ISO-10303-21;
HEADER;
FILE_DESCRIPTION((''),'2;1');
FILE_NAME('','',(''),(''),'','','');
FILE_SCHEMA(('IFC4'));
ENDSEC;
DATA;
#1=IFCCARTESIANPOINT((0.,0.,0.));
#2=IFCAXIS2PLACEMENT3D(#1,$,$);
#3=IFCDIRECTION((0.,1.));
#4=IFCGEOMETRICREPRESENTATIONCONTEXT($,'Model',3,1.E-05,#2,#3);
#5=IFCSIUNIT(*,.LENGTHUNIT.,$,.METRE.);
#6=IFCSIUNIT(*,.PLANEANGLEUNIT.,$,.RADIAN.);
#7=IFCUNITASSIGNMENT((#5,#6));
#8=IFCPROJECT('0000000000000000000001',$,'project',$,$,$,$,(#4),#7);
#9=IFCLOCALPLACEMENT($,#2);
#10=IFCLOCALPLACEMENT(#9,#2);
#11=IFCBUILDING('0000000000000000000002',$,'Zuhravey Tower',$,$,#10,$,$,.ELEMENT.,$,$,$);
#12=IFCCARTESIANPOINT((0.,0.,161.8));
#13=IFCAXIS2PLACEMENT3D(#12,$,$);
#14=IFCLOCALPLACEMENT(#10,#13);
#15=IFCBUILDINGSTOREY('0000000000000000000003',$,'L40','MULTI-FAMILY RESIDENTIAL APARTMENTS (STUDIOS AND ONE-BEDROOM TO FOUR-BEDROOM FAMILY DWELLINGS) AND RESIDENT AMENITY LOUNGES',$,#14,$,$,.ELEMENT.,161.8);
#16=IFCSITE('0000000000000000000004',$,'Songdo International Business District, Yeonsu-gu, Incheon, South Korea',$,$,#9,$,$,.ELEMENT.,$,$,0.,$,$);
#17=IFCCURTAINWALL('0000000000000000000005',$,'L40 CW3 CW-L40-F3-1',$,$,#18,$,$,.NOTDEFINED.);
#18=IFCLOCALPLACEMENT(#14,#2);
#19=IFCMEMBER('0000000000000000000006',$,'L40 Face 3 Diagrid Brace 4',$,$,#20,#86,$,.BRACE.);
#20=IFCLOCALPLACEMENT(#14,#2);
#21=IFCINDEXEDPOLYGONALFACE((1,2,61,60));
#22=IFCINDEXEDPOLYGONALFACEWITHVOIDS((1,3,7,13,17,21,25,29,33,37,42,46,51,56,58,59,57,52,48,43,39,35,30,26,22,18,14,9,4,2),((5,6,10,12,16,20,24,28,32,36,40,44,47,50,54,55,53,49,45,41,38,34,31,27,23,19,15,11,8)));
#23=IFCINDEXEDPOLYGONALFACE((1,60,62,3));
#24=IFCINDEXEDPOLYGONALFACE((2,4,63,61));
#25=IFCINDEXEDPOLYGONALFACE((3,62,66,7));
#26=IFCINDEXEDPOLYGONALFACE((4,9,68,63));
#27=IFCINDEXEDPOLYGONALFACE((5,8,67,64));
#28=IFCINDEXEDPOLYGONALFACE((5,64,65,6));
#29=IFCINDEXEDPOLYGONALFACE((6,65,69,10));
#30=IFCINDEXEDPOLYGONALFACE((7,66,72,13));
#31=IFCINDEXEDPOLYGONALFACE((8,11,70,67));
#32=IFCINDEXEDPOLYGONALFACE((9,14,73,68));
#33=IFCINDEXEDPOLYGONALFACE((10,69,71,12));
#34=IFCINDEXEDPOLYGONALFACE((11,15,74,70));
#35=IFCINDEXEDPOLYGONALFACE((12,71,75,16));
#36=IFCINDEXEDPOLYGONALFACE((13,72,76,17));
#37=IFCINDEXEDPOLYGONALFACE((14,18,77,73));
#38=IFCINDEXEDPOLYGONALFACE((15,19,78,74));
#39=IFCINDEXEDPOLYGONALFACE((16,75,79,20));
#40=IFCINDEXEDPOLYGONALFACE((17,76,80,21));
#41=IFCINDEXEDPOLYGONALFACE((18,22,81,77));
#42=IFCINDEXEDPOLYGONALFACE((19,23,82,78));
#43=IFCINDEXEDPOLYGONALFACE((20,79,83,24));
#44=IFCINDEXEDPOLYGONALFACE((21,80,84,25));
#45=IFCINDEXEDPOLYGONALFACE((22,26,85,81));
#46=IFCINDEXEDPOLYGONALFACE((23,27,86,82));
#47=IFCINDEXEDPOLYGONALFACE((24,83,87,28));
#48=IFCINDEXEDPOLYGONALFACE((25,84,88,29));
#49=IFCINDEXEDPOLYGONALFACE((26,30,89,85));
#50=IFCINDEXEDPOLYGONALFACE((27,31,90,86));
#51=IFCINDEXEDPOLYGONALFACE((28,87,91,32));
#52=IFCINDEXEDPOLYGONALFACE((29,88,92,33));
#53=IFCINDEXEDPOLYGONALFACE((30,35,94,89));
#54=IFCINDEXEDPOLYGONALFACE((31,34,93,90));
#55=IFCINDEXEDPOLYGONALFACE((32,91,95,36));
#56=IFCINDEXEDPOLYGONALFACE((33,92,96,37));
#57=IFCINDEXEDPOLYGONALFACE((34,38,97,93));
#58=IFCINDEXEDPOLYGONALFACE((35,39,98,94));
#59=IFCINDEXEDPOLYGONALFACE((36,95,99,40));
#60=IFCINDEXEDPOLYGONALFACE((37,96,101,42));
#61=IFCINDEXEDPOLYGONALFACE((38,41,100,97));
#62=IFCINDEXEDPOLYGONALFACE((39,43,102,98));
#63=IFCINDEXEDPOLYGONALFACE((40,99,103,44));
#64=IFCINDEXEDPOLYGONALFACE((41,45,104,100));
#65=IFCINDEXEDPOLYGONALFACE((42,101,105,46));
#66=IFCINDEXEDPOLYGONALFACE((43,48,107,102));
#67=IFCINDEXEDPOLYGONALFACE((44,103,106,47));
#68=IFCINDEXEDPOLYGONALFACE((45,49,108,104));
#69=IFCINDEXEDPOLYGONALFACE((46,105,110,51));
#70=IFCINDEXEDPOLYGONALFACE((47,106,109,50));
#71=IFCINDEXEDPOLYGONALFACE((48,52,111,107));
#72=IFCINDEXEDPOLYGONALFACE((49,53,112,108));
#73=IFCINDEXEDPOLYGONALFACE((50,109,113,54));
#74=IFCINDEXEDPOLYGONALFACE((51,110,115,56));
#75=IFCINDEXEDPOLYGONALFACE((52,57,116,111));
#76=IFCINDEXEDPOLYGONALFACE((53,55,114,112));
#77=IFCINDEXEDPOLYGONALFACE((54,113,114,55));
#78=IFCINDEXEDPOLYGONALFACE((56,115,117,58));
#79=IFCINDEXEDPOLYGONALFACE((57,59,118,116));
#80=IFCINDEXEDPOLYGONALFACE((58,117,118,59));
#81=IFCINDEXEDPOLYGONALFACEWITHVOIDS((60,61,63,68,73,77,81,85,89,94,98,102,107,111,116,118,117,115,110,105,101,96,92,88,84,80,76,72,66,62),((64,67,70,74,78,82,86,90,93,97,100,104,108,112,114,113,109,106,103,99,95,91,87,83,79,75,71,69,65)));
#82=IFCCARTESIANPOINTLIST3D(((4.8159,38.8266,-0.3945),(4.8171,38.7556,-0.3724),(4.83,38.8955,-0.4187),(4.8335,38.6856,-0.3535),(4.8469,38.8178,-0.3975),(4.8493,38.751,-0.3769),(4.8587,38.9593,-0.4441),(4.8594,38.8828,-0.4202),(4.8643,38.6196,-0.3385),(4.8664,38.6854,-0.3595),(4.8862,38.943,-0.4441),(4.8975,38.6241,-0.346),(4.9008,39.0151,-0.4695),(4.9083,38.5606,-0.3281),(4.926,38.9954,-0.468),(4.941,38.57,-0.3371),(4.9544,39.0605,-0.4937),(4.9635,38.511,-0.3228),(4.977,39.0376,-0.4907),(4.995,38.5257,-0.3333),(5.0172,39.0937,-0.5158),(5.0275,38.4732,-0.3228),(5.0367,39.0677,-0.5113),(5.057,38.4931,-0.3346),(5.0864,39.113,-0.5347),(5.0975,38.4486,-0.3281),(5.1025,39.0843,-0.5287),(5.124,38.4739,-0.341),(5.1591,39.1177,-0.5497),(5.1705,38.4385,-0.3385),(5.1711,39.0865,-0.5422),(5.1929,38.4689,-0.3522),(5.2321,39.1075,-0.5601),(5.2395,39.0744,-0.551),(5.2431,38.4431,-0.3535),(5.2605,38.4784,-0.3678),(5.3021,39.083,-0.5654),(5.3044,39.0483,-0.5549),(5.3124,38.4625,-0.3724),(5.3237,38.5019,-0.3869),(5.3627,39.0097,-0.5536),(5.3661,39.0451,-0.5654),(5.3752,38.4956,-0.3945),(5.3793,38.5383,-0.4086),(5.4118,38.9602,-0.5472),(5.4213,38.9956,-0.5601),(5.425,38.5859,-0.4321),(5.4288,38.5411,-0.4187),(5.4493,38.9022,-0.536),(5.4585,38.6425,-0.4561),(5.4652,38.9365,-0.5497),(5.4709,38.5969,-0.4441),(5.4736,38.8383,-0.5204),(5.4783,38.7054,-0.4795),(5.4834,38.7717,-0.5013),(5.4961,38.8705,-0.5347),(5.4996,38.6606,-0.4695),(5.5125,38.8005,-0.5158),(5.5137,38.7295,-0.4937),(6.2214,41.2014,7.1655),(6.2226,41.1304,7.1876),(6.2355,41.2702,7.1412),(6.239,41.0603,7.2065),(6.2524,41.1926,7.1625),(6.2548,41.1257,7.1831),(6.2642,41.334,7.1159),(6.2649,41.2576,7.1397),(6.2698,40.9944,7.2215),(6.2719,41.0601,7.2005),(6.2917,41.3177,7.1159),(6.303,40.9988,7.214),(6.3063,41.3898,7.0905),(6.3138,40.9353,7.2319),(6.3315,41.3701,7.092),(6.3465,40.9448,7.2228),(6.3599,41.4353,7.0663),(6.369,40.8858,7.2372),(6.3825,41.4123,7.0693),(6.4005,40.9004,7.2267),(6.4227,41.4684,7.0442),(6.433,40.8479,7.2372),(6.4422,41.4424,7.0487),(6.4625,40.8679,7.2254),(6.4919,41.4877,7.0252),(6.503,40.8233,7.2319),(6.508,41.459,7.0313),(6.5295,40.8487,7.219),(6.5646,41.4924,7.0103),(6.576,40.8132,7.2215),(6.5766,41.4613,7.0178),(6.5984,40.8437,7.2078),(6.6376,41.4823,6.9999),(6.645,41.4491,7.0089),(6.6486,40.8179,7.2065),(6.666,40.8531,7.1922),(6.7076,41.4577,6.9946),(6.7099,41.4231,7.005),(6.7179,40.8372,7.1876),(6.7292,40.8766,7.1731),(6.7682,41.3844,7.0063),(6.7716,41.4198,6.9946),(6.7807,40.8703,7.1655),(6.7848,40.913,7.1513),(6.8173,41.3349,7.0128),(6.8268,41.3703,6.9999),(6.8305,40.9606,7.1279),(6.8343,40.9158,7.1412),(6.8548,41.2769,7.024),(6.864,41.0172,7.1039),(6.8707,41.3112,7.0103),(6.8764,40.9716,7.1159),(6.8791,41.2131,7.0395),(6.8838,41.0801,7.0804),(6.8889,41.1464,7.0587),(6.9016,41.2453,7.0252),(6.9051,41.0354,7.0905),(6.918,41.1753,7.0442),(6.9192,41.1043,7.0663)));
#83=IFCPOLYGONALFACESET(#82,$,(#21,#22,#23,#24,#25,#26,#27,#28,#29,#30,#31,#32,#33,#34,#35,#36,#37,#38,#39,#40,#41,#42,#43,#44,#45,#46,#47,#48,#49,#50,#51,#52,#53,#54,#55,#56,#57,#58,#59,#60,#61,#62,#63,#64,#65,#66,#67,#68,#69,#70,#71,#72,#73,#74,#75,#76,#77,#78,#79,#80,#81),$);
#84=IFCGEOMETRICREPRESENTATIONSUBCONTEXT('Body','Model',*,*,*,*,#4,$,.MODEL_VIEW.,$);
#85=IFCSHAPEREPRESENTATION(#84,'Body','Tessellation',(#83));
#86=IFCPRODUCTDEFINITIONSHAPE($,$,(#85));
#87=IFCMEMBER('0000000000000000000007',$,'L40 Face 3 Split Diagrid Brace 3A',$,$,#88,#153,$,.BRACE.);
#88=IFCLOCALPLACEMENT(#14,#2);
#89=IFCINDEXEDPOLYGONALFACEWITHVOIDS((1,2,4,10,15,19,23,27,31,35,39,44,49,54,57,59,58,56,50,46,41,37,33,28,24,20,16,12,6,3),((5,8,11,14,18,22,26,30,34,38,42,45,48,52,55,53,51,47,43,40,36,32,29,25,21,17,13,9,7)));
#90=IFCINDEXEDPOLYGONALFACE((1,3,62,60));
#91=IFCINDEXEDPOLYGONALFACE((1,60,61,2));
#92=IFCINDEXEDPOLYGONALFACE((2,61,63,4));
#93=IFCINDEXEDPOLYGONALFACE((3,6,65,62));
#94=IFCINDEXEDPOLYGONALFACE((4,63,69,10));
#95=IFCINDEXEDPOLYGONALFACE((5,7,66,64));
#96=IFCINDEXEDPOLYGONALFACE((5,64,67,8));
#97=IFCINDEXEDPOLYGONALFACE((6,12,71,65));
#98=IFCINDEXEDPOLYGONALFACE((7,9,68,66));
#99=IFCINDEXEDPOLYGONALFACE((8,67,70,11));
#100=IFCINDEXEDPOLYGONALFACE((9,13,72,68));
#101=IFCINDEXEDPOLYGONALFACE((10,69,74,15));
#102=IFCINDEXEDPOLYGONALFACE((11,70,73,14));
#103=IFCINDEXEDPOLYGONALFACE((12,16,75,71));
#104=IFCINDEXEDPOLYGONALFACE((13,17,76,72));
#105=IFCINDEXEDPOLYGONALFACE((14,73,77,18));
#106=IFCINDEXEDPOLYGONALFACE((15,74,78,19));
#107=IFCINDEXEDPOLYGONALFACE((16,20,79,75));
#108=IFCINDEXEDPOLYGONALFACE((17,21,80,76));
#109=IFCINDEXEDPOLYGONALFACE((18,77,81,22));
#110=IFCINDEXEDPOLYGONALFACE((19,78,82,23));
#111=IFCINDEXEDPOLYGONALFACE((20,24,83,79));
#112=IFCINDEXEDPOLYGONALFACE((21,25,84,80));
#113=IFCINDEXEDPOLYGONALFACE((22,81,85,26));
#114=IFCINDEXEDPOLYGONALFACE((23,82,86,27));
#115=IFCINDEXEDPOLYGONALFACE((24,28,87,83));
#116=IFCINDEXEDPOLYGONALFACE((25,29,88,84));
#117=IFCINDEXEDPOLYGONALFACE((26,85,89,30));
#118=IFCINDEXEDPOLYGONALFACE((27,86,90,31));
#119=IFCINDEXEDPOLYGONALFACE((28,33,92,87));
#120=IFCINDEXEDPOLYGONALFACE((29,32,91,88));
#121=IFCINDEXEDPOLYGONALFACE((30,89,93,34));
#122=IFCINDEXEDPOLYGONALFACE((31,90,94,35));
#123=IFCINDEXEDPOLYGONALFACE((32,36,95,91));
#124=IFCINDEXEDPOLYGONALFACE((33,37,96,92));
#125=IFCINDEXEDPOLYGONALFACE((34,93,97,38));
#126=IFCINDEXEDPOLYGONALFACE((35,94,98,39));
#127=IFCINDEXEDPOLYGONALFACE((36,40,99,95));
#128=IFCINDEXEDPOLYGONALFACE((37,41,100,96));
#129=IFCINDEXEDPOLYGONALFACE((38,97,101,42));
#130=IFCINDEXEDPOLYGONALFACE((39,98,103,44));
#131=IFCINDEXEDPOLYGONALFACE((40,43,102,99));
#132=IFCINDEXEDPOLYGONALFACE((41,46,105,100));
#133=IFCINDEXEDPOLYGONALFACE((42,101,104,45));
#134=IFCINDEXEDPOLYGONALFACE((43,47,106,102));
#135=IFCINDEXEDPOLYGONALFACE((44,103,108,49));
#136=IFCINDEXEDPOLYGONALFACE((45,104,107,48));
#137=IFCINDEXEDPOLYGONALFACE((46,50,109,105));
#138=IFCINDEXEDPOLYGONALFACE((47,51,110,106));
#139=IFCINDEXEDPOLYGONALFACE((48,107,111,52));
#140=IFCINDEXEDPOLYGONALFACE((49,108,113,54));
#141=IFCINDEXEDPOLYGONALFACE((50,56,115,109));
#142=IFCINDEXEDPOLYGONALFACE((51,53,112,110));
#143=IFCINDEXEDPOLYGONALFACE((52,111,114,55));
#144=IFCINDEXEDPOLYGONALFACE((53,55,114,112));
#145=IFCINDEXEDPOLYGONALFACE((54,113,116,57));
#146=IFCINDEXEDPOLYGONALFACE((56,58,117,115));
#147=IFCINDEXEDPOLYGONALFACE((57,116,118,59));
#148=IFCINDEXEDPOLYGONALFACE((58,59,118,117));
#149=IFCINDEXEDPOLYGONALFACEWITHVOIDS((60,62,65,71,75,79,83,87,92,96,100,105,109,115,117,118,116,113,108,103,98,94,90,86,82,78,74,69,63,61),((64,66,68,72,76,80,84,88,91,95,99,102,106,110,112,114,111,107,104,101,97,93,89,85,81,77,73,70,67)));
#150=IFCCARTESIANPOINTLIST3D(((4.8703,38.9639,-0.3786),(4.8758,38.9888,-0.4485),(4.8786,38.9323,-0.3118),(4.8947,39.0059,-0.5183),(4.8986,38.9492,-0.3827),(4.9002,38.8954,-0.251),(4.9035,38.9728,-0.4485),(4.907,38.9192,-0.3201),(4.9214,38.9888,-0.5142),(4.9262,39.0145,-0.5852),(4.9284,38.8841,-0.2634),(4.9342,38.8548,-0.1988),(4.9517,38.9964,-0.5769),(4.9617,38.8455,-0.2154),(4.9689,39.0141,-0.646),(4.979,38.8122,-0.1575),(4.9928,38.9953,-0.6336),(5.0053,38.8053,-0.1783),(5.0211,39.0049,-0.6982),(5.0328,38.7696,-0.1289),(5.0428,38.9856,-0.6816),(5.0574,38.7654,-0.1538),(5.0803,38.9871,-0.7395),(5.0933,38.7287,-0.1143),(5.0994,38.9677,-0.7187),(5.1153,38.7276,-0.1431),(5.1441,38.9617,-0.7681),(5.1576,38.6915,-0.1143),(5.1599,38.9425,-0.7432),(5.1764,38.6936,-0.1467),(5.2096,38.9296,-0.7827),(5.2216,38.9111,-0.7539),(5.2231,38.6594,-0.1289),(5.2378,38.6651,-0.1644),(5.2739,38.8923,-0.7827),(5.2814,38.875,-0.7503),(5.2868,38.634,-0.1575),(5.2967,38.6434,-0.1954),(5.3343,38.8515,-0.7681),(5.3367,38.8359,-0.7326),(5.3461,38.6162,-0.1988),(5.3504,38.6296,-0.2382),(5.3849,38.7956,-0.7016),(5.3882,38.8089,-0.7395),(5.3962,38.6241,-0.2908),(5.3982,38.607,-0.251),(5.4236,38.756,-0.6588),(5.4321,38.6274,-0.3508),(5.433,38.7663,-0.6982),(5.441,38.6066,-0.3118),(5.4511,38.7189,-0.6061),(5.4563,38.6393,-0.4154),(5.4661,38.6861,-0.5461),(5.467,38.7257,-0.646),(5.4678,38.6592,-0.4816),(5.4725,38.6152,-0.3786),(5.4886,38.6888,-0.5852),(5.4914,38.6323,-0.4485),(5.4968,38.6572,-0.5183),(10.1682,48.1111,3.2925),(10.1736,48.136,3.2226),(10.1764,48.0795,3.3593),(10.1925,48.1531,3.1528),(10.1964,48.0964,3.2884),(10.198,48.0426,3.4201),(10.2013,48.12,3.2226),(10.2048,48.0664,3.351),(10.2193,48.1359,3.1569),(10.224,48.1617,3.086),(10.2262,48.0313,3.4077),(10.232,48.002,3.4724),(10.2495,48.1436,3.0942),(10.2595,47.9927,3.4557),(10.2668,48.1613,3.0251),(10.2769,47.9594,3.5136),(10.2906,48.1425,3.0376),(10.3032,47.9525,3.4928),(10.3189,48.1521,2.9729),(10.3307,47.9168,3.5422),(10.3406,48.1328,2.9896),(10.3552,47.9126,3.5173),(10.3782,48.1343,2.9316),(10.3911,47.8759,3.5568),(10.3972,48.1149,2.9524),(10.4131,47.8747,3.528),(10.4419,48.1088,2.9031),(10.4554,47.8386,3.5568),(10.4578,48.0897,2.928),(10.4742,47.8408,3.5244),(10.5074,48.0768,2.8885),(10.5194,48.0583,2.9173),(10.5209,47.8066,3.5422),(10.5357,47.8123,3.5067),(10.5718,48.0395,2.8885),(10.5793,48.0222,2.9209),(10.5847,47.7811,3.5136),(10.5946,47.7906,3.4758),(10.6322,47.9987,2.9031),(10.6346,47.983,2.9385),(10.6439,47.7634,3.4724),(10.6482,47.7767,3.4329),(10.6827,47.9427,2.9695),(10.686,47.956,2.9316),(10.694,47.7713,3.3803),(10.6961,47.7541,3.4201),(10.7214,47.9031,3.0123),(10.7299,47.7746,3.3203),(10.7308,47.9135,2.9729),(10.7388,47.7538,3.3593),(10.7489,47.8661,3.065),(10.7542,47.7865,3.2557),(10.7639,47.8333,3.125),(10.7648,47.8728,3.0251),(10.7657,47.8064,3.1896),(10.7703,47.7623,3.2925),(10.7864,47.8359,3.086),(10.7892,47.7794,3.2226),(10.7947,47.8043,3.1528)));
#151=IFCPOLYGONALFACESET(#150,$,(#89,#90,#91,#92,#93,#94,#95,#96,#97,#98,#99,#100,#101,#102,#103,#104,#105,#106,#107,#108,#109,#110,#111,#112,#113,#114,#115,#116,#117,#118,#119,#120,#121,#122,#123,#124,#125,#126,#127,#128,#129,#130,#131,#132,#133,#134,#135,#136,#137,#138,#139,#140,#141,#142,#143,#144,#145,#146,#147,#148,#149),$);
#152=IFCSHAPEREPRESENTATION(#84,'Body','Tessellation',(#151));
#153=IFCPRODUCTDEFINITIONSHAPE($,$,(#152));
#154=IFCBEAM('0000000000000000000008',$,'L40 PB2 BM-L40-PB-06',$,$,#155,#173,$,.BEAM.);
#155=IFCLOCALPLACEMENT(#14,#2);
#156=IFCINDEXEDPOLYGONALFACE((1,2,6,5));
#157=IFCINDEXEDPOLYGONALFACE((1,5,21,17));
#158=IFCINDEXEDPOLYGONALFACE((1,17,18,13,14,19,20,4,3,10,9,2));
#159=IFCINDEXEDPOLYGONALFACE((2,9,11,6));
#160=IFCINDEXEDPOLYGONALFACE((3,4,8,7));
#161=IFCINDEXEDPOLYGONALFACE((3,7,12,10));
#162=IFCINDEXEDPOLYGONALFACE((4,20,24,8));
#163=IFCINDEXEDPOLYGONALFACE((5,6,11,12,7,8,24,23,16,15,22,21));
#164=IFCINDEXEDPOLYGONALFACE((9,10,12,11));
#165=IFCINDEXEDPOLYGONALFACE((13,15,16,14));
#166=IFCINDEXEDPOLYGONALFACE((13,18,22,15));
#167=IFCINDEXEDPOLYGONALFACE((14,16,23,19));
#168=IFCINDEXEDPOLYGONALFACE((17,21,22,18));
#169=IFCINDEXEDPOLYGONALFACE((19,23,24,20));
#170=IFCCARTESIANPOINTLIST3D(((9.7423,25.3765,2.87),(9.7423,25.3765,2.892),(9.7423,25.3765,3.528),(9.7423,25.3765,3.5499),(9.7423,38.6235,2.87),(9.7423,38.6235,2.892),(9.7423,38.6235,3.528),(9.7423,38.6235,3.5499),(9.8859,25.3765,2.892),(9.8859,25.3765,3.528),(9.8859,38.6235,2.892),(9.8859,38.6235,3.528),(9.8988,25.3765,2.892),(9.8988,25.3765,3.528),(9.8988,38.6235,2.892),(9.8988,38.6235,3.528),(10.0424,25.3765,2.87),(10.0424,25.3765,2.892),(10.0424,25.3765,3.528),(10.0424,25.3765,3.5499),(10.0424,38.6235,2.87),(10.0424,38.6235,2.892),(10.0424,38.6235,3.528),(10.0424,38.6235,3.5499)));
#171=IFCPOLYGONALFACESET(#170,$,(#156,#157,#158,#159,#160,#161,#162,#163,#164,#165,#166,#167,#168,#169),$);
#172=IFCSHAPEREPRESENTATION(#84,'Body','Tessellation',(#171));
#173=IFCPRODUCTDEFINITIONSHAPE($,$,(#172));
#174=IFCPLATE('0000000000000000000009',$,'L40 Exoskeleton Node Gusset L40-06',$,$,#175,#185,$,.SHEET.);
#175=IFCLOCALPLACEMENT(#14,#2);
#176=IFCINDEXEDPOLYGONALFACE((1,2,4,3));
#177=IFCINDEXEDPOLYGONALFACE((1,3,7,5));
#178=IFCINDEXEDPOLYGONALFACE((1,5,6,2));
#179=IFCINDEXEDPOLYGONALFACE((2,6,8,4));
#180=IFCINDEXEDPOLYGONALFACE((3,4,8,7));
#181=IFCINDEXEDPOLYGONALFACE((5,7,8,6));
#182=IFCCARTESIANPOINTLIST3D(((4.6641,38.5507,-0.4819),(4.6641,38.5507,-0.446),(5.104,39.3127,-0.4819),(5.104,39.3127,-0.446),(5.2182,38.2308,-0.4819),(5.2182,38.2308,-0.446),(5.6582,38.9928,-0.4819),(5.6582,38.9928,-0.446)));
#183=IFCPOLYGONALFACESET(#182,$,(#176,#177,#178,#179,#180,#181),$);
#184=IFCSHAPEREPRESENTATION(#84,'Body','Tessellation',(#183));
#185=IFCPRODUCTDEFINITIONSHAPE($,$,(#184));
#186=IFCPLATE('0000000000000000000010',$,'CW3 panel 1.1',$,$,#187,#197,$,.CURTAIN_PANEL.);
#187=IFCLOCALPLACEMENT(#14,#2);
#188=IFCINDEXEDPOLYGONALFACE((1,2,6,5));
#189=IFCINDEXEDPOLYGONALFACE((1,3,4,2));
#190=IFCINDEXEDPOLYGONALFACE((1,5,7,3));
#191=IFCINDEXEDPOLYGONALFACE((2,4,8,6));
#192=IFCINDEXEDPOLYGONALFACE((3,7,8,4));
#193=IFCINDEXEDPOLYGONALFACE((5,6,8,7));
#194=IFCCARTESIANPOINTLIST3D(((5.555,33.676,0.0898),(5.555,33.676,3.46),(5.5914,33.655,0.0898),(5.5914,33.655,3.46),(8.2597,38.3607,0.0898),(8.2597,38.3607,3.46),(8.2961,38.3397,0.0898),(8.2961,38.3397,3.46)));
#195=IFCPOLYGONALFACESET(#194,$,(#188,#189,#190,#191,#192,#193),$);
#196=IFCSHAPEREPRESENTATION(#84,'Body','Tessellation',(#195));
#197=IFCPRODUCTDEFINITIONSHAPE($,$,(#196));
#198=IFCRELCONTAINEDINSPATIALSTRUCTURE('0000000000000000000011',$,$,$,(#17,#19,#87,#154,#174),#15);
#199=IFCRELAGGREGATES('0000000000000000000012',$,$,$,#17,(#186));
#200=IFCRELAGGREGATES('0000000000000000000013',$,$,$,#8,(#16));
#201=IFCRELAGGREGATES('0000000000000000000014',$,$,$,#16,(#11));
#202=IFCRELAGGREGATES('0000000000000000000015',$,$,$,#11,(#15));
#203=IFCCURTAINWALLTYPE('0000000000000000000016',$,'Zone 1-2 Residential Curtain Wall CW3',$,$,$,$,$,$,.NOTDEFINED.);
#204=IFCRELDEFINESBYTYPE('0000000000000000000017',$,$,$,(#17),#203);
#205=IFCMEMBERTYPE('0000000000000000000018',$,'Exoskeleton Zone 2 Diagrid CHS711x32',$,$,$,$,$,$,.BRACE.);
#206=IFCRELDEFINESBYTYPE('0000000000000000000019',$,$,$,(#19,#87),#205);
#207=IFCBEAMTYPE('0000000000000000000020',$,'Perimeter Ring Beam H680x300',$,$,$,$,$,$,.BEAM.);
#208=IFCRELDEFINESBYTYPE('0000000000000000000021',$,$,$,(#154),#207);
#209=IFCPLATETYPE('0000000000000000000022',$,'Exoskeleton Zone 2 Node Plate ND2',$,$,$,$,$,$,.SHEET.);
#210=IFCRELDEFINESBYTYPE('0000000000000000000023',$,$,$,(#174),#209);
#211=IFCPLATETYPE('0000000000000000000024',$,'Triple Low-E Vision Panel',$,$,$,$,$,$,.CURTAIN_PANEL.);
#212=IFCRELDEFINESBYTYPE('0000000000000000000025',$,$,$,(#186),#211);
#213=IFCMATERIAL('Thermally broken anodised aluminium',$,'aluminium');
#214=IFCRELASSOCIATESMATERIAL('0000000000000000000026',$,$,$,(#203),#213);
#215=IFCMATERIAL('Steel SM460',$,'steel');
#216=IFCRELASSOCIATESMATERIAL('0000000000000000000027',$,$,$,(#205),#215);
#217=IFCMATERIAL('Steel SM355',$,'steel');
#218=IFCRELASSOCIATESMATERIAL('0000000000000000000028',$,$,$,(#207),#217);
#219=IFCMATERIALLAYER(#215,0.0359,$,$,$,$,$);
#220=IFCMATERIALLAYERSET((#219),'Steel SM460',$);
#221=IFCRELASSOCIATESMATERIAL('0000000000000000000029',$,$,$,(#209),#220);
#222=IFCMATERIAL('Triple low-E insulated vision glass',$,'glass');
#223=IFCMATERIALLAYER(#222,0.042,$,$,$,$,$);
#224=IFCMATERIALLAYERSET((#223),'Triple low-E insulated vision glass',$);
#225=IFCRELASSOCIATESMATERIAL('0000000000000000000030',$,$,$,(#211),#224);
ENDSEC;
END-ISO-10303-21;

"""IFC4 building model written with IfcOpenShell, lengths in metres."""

from ifc_helpers import new_model, si_unit, direction, frame, origin, origin_2d, place, context, subcontext, project, spatial, rectangle, hollow_circle, i_section, extrude, material, layer, layer_set, material_profile, profile_set, type_object, element, aggregate, save


model = new_model("IFC4")

# Units and contexts
model_context = context("Model", 3, precision=1e-05, world=origin(), true_north=direction((0.0, 1.0)))
body_context = subcontext(model_context, "Body", "Model", "MODEL_VIEW")
ifc_project = project(units=[si_unit("LENGTHUNIT", "METRE"), si_unit("PLANEANGLEUNIT", "RADIAN")], contexts=[model_context])

# Site, building, storey
site_placement = place(None, origin())
site = spatial("IfcSite", under=ifc_project, at=site_placement, Name="Songdo International Business District, Yeonsu-gu, Incheon, South Korea", CompositionType="ELEMENT", RefElevation=0.0)
building_placement = place(site_placement, origin())
building = spatial("IfcBuilding", under=site, at=building_placement, Name="Zuhravey Tower", CompositionType="ELEMENT")
storey_placement = place(building_placement, frame((0.0, 0.0, 161.8)))
storey = spatial("IfcBuildingStorey", under=building, at=storey_placement, Name="L40", Description="MULTI-FAMILY RESIDENTIAL APARTMENTS (STUDIOS AND ONE-BEDROOM TO FOUR-BEDROOM FAMILY DWELLINGS) AND RESIDENT AMENITY LOUNGES", CompositionType="ELEMENT", Elevation=161.8)

# Curtain wall
ifc_material_1 = material(Name="Thermally broken anodised aluminium", Category="aluminium")
curtain_wall_type = type_object("IfcCurtainWallType", Name="Zone 1-2 Residential Curtain Wall CW3", PredefinedType="NOTDEFINED", material=ifc_material_1)
curtain_wall_placement = place(storey_placement, origin())
curtain_wall = element("IfcCurtainWall", 1, at=curtain_wall_placement, inside=storey, type_object=curtain_wall_type, Name="L40 CW3 CW-L40-F3-1", PredefinedType="NOTDEFINED")

# Members
ifc_material_2 = material(Name="Steel SM460", Category="steel")
ifc_material_profile_1 = material_profile(ifc_material_2, hollow_circle(Radius=0.3557, WallThickness=0.032, at=origin_2d()), Name="CHS-711.2x32")
ifc_profile_set_1 = profile_set([ifc_material_profile_1], Name="Steel SM460")
member_type_1 = type_object("IfcMemberType", Name="Exoskeleton Zone 2 Diagrid CHS711x32", PredefinedType="BRACE", material=ifc_profile_set_1)
member_1_placement = place(storey_placement, frame((5.1648, 38.7781, -0.4441), z_axis=(0.174643, 0.295076, 0.939377), x_axis=(-0.860569, 0.509334, 0.0)))
element("IfcMember", 2, at=member_1_placement, inside=storey, type_object=member_type_1, Name="L40 Face 3 Diagrid Brace 4", PredefinedType="BRACE", context=body_context, shape_type="SweptSolid", body=[
    extrude(hollow_circle(Radius=0.3557, WallThickness=0.032, at=origin_2d()), origin(), (0.0, 0.0, 1.0), 8.0479),
])
member_2_placement = place(storey_placement, frame((5.1836, 38.8105, -0.4485), z_axis=(0.473445, 0.817446, 0.328074), x_axis=(-0.86534, 0.501185, 0.0)))
element("IfcMember", 3, at=member_2_placement, inside=storey, type_object=member_type_1, Name="L40 Face 3 Split Diagrid Brace 3A", PredefinedType="BRACE", context=body_context, shape_type="SweptSolid", body=[
    extrude(hollow_circle(Radius=0.3557, WallThickness=0.032, at=origin_2d()), origin(), (0.0, 0.0, 1.0), 11.1899),
])

# Beam
ifc_material_3 = material(Name="Steel SM355", Category="steel")
ifc_material_profile_2 = material_profile(ifc_material_3, i_section(OverallWidth=0.3, OverallDepth=0.6799, WebThickness=0.0129, FlangeThickness=0.022, at=origin_2d()), Name="H-680x300x13x22")
ifc_profile_set_2 = profile_set([ifc_material_profile_2], Name="Steel SM355")
beam_type = type_object("IfcBeamType", Name="Perimeter Ring Beam H680x300", PredefinedType="BEAM", material=ifc_profile_set_2)
beam_placement = place(storey_placement, frame((9.8923, 38.6235, 3.21), z_axis=(0.0, -1.0, 0.0), x_axis=(1.0, 0.0, 0.0)))
element("IfcBeam", 4, at=beam_placement, inside=storey, type_object=beam_type, Name="L40 PB2 BM-L40-PB-06", PredefinedType="BEAM", context=body_context, shape_type="SweptSolid", body=[
    extrude(i_section(OverallWidth=0.3, OverallDepth=0.6799, WebThickness=0.0129, FlangeThickness=0.022, at=origin_2d()), origin(), (0.0, 0.0, 1.0), 13.2471),
])

# Plates
ifc_layer_1 = layer(ifc_material_2, 0.0359)
ifc_layer_set_1 = layer_set([ifc_layer_1], Name="Steel SM460")
plate_type_1 = type_object("IfcPlateType", Name="Exoskeleton Zone 2 Node Plate ND2", PredefinedType="SHEET", material=ifc_layer_set_1)
plate_1_placement = place(storey_placement, frame((5.1611, 38.7717, -0.4819), z_axis=(0.0, 0.0, 1.0), x_axis=(-0.5, -0.866025, 0.0)))
element("IfcPlate", 5, at=plate_1_placement, inside=storey, type_object=plate_type_1, Name="L40 Exoskeleton Node Gusset L40-06", PredefinedType="SHEET", context=body_context, shape_type="SweptSolid", body=[
    extrude(rectangle(XDim=0.8799, YDim=0.6399, at=origin_2d()), origin(), (0.0, 0.0, 1.0), 0.0359),
])
ifc_material_4 = material(Name="Triple low-E insulated vision glass", Category="glass")
ifc_layer_2 = layer(ifc_material_4, 0.042)
ifc_layer_set_2 = layer_set([ifc_layer_2], Name="Triple low-E insulated vision glass")
plate_type_2 = type_object("IfcPlateType", Name="Triple Low-E Vision Panel", PredefinedType="CURTAIN_PANEL", material=ifc_layer_set_2)
plate_2_placement = place(storey_placement, frame((6.9255, 36.0078, 0.0898), z_axis=(0.0, 0.0, 1.0), x_axis=(0.5, 0.866025, 0.0)))
plate_2 = element("IfcPlate", 6, at=plate_2_placement, type_object=plate_type_2, Name="CW3 panel 1.1", PredefinedType="CURTAIN_PANEL", context=body_context, shape_type="SweptSolid", body=[
    extrude(rectangle(XDim=5.4094, YDim=0.042, at=origin_2d()), origin(), (0.0, 0.0, 1.0), 3.3701),
])
aggregate(curtain_wall, [plate_2])

save(model, "model.ifc")
